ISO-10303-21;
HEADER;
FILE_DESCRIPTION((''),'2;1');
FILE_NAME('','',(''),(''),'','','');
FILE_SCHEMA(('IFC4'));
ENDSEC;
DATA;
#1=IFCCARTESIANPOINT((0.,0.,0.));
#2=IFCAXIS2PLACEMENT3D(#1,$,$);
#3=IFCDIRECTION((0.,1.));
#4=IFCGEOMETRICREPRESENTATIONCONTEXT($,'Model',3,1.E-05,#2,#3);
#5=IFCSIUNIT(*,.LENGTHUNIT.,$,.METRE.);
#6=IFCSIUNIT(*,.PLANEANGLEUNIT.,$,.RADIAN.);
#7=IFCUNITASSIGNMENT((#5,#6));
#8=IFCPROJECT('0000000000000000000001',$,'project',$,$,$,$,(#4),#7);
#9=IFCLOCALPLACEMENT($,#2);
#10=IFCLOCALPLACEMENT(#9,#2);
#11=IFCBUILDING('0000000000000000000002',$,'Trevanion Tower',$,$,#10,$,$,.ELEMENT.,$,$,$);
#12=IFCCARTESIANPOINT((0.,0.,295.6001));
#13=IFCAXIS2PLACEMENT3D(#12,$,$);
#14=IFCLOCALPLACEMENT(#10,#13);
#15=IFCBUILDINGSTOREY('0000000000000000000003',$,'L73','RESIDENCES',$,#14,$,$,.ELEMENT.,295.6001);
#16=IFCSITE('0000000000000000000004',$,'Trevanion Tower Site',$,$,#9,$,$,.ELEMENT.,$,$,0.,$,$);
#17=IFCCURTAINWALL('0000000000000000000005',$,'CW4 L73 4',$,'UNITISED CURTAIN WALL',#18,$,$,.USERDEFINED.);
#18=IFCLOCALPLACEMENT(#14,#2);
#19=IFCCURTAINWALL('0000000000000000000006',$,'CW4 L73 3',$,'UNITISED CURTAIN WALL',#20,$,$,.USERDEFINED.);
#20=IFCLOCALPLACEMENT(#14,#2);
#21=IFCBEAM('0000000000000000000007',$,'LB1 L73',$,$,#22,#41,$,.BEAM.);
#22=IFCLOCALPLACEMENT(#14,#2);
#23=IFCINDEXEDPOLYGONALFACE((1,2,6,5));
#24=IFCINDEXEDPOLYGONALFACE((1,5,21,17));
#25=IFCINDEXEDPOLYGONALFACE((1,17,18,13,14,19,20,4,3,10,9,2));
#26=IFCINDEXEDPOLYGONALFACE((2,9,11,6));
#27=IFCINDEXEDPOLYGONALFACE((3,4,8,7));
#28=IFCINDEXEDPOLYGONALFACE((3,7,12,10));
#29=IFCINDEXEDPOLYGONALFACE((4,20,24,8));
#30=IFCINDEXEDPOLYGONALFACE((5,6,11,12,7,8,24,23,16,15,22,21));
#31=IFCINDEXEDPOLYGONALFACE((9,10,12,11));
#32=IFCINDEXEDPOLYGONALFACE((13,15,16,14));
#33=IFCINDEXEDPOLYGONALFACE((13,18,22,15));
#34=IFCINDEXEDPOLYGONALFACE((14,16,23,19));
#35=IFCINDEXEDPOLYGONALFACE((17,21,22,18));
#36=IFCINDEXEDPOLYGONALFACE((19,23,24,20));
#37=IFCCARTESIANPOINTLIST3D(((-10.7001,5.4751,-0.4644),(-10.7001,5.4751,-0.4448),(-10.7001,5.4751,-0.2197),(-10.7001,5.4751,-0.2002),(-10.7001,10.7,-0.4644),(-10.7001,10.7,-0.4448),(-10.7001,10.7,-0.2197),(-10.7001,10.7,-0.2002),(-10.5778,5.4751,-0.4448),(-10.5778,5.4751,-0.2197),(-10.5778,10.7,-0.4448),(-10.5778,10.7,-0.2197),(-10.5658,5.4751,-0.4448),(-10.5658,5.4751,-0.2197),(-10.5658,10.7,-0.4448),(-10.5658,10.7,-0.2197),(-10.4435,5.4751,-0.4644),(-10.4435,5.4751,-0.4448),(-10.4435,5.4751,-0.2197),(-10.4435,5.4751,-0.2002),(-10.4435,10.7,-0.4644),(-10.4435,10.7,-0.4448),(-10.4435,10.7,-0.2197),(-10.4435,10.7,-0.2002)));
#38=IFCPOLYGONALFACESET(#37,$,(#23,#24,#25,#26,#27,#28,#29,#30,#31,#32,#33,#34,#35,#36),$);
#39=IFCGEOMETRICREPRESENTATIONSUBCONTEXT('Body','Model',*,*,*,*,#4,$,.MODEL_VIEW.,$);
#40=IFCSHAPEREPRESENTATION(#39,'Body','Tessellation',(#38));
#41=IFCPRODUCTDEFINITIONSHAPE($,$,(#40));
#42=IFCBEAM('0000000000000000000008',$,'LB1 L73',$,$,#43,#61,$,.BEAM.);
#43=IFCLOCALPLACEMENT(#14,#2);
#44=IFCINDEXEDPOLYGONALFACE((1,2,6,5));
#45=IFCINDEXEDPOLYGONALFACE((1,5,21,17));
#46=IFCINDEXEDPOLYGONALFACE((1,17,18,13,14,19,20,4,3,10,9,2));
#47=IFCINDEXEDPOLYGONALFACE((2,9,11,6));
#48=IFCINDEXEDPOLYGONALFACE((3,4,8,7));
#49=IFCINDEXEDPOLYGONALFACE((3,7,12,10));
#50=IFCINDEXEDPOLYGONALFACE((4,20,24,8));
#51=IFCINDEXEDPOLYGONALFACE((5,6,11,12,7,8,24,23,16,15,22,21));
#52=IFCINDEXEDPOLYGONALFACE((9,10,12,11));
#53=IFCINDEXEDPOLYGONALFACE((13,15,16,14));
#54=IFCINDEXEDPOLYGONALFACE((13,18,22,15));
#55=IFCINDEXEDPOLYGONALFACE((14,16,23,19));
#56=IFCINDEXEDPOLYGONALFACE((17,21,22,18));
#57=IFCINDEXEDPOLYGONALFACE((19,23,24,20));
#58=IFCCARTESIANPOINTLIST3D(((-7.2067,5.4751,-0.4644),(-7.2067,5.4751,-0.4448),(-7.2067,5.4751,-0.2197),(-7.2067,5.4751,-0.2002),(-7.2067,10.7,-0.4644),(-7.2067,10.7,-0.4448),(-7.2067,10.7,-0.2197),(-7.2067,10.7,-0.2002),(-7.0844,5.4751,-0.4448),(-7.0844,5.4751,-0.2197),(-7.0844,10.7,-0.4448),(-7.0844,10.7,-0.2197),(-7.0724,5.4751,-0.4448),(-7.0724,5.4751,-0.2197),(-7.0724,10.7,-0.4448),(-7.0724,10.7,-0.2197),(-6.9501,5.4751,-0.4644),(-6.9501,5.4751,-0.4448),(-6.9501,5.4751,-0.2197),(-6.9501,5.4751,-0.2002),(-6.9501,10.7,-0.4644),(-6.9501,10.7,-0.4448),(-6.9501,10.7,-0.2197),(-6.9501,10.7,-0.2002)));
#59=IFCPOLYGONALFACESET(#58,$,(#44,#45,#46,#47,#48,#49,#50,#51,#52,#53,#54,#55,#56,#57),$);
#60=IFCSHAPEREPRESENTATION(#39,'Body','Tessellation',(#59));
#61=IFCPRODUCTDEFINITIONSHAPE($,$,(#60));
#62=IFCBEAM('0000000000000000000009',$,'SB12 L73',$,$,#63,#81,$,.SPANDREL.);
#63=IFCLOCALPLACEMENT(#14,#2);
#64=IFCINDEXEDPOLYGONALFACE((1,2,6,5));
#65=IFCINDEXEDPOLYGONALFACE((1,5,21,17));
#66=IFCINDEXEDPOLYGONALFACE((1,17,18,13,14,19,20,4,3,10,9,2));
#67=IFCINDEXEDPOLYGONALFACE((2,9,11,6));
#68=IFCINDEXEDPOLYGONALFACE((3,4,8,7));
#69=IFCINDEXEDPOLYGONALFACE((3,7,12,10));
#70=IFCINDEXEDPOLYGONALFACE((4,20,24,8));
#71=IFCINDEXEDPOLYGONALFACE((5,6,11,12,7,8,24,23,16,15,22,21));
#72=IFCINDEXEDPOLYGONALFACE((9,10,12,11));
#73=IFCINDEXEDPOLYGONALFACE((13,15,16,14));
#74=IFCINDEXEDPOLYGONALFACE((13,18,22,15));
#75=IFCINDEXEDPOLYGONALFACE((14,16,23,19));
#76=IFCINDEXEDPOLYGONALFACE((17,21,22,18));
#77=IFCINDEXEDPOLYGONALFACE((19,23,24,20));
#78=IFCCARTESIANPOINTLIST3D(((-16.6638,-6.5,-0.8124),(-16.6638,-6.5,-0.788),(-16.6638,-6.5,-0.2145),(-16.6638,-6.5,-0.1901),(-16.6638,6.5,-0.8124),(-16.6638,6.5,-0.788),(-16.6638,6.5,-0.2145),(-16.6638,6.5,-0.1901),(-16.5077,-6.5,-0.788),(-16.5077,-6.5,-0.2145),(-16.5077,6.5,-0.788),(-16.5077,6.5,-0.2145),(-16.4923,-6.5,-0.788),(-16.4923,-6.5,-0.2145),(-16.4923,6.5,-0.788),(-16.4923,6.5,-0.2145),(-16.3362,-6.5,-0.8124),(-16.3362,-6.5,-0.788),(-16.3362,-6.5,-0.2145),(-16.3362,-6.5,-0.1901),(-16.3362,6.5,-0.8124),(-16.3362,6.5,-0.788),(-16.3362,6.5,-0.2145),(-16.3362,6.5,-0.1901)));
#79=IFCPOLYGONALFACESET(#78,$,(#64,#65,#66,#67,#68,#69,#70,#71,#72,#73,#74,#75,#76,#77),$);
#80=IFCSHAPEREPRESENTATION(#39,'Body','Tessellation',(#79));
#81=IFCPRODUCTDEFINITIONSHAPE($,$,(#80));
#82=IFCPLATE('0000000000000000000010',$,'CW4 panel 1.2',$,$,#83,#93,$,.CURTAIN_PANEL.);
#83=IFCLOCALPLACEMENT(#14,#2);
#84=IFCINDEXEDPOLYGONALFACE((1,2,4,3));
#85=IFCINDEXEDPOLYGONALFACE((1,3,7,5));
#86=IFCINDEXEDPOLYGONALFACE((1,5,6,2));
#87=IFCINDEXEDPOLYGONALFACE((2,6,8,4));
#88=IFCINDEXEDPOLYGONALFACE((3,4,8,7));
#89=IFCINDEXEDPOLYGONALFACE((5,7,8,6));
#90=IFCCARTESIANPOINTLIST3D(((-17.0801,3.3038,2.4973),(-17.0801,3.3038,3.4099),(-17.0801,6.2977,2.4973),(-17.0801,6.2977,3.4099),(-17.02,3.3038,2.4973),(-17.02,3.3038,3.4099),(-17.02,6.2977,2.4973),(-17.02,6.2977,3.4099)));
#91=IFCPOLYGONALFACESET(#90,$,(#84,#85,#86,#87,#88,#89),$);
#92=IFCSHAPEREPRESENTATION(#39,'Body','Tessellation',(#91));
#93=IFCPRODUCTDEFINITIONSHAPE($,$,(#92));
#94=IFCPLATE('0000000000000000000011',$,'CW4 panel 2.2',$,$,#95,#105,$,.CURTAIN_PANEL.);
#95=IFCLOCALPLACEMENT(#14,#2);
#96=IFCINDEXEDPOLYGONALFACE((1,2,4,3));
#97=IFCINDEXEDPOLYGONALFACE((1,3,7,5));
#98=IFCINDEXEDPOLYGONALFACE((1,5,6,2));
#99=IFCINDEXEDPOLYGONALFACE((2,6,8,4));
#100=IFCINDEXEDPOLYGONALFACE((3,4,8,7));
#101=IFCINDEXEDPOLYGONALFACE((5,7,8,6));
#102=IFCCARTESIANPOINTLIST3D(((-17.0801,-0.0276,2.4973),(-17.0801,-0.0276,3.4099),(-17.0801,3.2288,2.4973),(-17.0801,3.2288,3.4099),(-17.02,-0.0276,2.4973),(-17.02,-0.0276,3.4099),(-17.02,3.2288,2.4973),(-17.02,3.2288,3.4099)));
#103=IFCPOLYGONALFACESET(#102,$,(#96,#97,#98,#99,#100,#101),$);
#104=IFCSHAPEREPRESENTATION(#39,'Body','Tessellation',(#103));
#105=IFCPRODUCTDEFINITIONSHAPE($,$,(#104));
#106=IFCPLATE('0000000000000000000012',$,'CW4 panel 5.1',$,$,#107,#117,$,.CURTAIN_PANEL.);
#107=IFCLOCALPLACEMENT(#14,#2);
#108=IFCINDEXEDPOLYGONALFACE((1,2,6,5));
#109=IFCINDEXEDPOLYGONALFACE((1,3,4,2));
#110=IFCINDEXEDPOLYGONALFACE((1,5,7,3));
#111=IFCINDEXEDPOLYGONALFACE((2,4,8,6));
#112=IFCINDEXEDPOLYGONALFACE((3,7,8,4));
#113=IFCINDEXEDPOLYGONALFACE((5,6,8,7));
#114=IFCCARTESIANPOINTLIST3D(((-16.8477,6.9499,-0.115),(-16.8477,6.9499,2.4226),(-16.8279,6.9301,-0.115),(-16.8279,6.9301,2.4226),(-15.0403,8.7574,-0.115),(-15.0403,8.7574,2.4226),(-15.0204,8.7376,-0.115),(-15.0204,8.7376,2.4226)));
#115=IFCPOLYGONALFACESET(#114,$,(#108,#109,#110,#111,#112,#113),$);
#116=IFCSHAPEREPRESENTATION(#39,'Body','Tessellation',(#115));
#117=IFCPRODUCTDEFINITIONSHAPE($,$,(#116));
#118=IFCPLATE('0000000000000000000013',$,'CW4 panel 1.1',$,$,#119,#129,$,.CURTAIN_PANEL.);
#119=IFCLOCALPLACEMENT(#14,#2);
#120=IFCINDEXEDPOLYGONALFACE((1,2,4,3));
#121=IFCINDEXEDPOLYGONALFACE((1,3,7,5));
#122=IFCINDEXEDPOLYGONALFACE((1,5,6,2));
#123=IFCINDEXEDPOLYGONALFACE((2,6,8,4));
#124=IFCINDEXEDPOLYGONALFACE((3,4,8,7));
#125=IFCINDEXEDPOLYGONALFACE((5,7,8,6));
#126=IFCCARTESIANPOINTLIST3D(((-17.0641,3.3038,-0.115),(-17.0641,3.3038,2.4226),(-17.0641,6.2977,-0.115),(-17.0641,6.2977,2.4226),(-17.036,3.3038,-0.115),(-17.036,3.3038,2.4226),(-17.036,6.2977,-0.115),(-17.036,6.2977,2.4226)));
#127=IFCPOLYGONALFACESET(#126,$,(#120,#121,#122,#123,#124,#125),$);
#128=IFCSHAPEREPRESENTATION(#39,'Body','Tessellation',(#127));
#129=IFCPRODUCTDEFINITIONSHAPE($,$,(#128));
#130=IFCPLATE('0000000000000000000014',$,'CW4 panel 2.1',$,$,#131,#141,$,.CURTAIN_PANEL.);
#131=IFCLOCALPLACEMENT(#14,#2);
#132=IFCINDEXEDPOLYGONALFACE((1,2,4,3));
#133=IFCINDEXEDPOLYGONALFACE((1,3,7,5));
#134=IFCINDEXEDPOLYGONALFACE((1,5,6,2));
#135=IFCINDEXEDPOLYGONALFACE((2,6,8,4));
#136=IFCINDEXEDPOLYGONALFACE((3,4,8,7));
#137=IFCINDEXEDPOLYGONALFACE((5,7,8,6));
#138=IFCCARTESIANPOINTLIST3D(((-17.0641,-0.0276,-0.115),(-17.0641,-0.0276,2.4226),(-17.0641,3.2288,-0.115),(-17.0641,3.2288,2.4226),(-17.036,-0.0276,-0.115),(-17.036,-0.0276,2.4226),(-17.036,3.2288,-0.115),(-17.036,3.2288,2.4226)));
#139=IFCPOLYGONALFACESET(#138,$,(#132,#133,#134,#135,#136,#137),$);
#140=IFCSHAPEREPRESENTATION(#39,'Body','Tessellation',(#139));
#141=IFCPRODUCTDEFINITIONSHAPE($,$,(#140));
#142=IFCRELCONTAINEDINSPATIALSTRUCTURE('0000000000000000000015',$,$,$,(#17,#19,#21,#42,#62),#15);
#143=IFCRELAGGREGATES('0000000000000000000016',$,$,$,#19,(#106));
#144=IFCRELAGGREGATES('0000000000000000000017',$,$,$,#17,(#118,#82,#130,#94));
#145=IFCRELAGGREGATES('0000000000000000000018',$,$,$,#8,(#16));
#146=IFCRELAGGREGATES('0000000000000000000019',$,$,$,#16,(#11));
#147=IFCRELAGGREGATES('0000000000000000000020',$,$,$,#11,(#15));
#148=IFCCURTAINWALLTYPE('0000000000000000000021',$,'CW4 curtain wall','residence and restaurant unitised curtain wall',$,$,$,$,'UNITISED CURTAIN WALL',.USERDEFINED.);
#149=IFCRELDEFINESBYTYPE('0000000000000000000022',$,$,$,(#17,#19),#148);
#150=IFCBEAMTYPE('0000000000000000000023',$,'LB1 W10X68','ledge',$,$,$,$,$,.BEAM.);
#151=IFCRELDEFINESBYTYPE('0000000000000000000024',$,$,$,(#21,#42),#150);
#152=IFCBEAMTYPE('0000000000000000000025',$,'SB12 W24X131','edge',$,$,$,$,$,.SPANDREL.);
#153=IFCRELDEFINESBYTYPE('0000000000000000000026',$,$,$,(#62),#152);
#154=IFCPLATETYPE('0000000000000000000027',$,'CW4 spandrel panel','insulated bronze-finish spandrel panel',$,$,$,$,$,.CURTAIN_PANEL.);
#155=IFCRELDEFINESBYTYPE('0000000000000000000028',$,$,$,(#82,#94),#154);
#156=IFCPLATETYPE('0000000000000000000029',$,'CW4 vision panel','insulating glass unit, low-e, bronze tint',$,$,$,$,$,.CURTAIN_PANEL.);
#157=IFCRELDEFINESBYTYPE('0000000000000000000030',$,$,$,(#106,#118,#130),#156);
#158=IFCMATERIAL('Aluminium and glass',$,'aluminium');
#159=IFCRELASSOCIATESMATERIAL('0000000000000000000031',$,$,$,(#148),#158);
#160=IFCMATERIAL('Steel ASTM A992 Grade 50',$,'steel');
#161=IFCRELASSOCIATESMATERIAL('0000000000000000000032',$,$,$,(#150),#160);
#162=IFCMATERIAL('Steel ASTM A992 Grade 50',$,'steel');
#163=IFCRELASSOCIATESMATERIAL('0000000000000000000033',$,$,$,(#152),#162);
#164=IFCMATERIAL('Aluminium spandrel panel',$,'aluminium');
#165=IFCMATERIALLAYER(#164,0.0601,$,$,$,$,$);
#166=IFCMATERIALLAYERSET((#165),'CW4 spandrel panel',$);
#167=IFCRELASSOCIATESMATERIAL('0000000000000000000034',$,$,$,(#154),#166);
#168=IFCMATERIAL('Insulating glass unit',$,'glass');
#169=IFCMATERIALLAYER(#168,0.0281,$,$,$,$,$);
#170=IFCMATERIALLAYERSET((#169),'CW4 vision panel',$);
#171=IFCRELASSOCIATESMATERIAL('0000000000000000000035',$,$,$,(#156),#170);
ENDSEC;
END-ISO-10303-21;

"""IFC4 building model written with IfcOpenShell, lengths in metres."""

from ifc_helpers import new_model, si_unit, direction, frame, origin, origin_2d, place, context, subcontext, project, spatial, rectangle, i_section, extrude, material, layer, layer_set, material_profile, profile_set, type_object, element, aggregate, save


model = new_model("IFC4")

# Units and contexts
model_context = context("Model", 3, precision=1e-05, world=origin(), true_north=direction((0.0, 1.0)))
body_context = subcontext(model_context, "Body", "Model", "MODEL_VIEW")
ifc_project = project(units=[si_unit("LENGTHUNIT", "METRE"), si_unit("PLANEANGLEUNIT", "RADIAN")], contexts=[model_context])

# Site, building, storey
site_placement = place(None, origin())
site = spatial("IfcSite", under=ifc_project, at=site_placement, Name="Trevanion Tower Site", CompositionType="ELEMENT", RefElevation=0.0)
building_placement = place(site_placement, origin())
building = spatial("IfcBuilding", under=site, at=building_placement, Name="Trevanion Tower", CompositionType="ELEMENT")
storey_placement = place(building_placement, frame((0.0, 0.0, 295.6001)))
storey = spatial("IfcBuildingStorey", under=building, at=storey_placement, Name="L73", Description="RESIDENCES", CompositionType="ELEMENT", Elevation=295.6001)

# Curtain walls
ifc_material_1 = material(Name="Aluminium and glass", Category="aluminium")
curtain_wall_type = type_object("IfcCurtainWallType", Name="CW4 curtain wall", Description="residence and restaurant unitised curtain wall", ElementType="UNITISED CURTAIN WALL", PredefinedType="USERDEFINED", material=ifc_material_1)
curtain_wall_1_placement = place(storey_placement, origin())
curtain_wall_1 = element("IfcCurtainWall", 1, at=curtain_wall_1_placement, inside=storey, type_object=curtain_wall_type, Name="CW4 L73 4", ObjectType="UNITISED CURTAIN WALL", PredefinedType="USERDEFINED")
curtain_wall_2_placement = place(storey_placement, origin())
curtain_wall_2 = element("IfcCurtainWall", 2, at=curtain_wall_2_placement, inside=storey, type_object=curtain_wall_type, Name="CW4 L73 3", ObjectType="UNITISED CURTAIN WALL", PredefinedType="USERDEFINED")

# Beams
ifc_material_2 = material(Name="Steel ASTM A992 Grade 50", Category="steel")
ifc_material_profile_1 = material_profile(ifc_material_2, i_section(OverallWidth=0.2566, OverallDepth=0.2642, WebThickness=0.012, FlangeThickness=0.0195, at=origin_2d()), Name="W10X68")
ifc_profile_set_1 = profile_set([ifc_material_profile_1], Name="Steel ASTM A992 Grade 50")
beam_type_1 = type_object("IfcBeamType", Name="LB1 W10X68", Description="ledge", PredefinedType="BEAM", material=ifc_profile_set_1)
for number, where, z_axis, x_axis, name in (
    (3, (-10.5718, 5.4751, -0.3323), (0.0, 1.0, 0.0), (-1.0, 0.0, 0.0), "LB1 L73"),
    (4, (-7.0784, 5.4751, -0.3323), (0.0, 1.0, 0.0), (-1.0, 0.0, 0.0), "LB1 L73"),
):
    element("IfcBeam", number, at=place(storey_placement, frame(where, z_axis=z_axis, x_axis=x_axis)), inside=storey, type_object=beam_type_1, Name=name, PredefinedType="BEAM", context=body_context, shape_type="SweptSolid", body=[
        extrude(i_section(OverallWidth=0.2566, OverallDepth=0.2642, WebThickness=0.012, FlangeThickness=0.0195, at=origin_2d()), origin(), (0.0, 0.0, 1.0), 5.2249),
    ])
ifc_material_3 = material(Name="Steel ASTM A992 Grade 50", Category="steel")
ifc_material_profile_2 = material_profile(ifc_material_3, i_section(OverallWidth=0.3276, OverallDepth=0.6223, WebThickness=0.0154, FlangeThickness=0.0244, at=origin_2d()), Name="W24X131")
ifc_profile_set_2 = profile_set([ifc_material_profile_2], Name="Steel ASTM A992 Grade 50")
beam_type_2 = type_object("IfcBeamType", Name="SB12 W24X131", Description="edge", PredefinedType="SPANDREL", material=ifc_profile_set_2)
beam_1_placement = place(storey_placement, frame((-16.5, 6.5, -0.5012), z_axis=(0.0, -1.0, 0.0), x_axis=(1.0, 0.0, 0.0)))
element("IfcBeam", 5, at=beam_1_placement, inside=storey, type_object=beam_type_2, Name="SB12 L73", PredefinedType="SPANDREL", context=body_context, shape_type="SweptSolid", body=[
    extrude(i_section(OverallWidth=0.3276, OverallDepth=0.6223, WebThickness=0.0154, FlangeThickness=0.0244, at=origin_2d()), origin(), (0.0, 0.0, 1.0), 13.0),
])

# Plates
ifc_material_4 = material(Name="Aluminium spandrel panel", Category="aluminium")
ifc_layer_1 = layer(ifc_material_4, 0.0601)
ifc_layer_set_1 = layer_set([ifc_layer_1], Name="CW4 spandrel panel")
plate_type_1 = type_object("IfcPlateType", Name="CW4 spandrel panel", Description="insulated bronze-finish spandrel panel", PredefinedType="CURTAIN_PANEL", material=ifc_layer_set_1)
plate_1_placement = place(storey_placement, frame((-17.05, 4.8008, 2.4973), z_axis=(0.0, 0.0, 1.0), x_axis=(0.0, -1.0, 0.0)))
plate_1 = element("IfcPlate", 6, at=plate_1_placement, type_object=plate_type_1, Name="CW4 panel 1.2", PredefinedType="CURTAIN_PANEL", context=body_context, shape_type="SweptSolid", body=[
    extrude(rectangle(XDim=2.9939, YDim=0.0601, at=origin_2d()), origin(), (0.0, 0.0, 1.0), 0.9126),
])
plate_2_placement = place(storey_placement, frame((-17.05, 1.6006, 2.4973), z_axis=(0.0, 0.0, 1.0), x_axis=(0.0, -1.0, 0.0)))
plate_2 = element("IfcPlate", 7, at=plate_2_placement, type_object=plate_type_1, Name="CW4 panel 2.2", PredefinedType="CURTAIN_PANEL", context=body_context, shape_type="SweptSolid", body=[
    extrude(rectangle(XDim=3.2563, YDim=0.0601, at=origin_2d()), origin(), (0.0, 0.0, 1.0), 0.9126),
])
ifc_material_5 = material(Name="Insulating glass unit", Category="glass")
ifc_layer_2 = layer(ifc_material_5, 0.0281)
ifc_layer_set_2 = layer_set([ifc_layer_2], Name="CW4 vision panel")
plate_type_2 = type_object("IfcPlateType", Name="CW4 vision panel", Description="insulating glass unit, low-e, bronze tint", PredefinedType="CURTAIN_PANEL", material=ifc_layer_set_2)
plate_3_placement = place(storey_placement, frame((-15.9341, 7.8438, -0.115), z_axis=(0.0, 0.0, 1.0), x_axis=(-0.707107, -0.707107, 0.0)))
plate_3 = element("IfcPlate", 8, at=plate_3_placement, type_object=plate_type_2, Name="CW4 panel 5.1", PredefinedType="CURTAIN_PANEL", context=body_context, shape_type="SweptSolid", body=[
    extrude(rectangle(XDim=2.5562, YDim=0.0281, at=origin_2d()), origin(), (0.0, 0.0, 1.0), 2.5376),
])
aggregate(curtain_wall_2, [plate_3])
plate_4_placement = place(storey_placement, frame((-17.05, 4.8008, -0.115), z_axis=(0.0, 0.0, 1.0), x_axis=(0.0, -1.0, 0.0)))
plate_4 = element("IfcPlate", 9, at=plate_4_placement, type_object=plate_type_2, Name="CW4 panel 1.1", PredefinedType="CURTAIN_PANEL", context=body_context, shape_type="SweptSolid", body=[
    extrude(rectangle(XDim=2.9939, YDim=0.0281, at=origin_2d()), origin(), (0.0, 0.0, 1.0), 2.5376),
])
plate_5_placement = place(storey_placement, frame((-17.05, 1.6006, -0.115), z_axis=(0.0, 0.0, 1.0), x_axis=(0.0, -1.0, 0.0)))
plate_5 = element("IfcPlate", 10, at=plate_5_placement, type_object=plate_type_2, Name="CW4 panel 2.1", PredefinedType="CURTAIN_PANEL", context=body_context, shape_type="SweptSolid", body=[
    extrude(rectangle(XDim=3.2563, YDim=0.0281, at=origin_2d()), origin(), (0.0, 0.0, 1.0), 2.5376),
])
aggregate(curtain_wall_1, [plate_4, plate_1, plate_5, plate_2])

save(model, "model.ifc")
